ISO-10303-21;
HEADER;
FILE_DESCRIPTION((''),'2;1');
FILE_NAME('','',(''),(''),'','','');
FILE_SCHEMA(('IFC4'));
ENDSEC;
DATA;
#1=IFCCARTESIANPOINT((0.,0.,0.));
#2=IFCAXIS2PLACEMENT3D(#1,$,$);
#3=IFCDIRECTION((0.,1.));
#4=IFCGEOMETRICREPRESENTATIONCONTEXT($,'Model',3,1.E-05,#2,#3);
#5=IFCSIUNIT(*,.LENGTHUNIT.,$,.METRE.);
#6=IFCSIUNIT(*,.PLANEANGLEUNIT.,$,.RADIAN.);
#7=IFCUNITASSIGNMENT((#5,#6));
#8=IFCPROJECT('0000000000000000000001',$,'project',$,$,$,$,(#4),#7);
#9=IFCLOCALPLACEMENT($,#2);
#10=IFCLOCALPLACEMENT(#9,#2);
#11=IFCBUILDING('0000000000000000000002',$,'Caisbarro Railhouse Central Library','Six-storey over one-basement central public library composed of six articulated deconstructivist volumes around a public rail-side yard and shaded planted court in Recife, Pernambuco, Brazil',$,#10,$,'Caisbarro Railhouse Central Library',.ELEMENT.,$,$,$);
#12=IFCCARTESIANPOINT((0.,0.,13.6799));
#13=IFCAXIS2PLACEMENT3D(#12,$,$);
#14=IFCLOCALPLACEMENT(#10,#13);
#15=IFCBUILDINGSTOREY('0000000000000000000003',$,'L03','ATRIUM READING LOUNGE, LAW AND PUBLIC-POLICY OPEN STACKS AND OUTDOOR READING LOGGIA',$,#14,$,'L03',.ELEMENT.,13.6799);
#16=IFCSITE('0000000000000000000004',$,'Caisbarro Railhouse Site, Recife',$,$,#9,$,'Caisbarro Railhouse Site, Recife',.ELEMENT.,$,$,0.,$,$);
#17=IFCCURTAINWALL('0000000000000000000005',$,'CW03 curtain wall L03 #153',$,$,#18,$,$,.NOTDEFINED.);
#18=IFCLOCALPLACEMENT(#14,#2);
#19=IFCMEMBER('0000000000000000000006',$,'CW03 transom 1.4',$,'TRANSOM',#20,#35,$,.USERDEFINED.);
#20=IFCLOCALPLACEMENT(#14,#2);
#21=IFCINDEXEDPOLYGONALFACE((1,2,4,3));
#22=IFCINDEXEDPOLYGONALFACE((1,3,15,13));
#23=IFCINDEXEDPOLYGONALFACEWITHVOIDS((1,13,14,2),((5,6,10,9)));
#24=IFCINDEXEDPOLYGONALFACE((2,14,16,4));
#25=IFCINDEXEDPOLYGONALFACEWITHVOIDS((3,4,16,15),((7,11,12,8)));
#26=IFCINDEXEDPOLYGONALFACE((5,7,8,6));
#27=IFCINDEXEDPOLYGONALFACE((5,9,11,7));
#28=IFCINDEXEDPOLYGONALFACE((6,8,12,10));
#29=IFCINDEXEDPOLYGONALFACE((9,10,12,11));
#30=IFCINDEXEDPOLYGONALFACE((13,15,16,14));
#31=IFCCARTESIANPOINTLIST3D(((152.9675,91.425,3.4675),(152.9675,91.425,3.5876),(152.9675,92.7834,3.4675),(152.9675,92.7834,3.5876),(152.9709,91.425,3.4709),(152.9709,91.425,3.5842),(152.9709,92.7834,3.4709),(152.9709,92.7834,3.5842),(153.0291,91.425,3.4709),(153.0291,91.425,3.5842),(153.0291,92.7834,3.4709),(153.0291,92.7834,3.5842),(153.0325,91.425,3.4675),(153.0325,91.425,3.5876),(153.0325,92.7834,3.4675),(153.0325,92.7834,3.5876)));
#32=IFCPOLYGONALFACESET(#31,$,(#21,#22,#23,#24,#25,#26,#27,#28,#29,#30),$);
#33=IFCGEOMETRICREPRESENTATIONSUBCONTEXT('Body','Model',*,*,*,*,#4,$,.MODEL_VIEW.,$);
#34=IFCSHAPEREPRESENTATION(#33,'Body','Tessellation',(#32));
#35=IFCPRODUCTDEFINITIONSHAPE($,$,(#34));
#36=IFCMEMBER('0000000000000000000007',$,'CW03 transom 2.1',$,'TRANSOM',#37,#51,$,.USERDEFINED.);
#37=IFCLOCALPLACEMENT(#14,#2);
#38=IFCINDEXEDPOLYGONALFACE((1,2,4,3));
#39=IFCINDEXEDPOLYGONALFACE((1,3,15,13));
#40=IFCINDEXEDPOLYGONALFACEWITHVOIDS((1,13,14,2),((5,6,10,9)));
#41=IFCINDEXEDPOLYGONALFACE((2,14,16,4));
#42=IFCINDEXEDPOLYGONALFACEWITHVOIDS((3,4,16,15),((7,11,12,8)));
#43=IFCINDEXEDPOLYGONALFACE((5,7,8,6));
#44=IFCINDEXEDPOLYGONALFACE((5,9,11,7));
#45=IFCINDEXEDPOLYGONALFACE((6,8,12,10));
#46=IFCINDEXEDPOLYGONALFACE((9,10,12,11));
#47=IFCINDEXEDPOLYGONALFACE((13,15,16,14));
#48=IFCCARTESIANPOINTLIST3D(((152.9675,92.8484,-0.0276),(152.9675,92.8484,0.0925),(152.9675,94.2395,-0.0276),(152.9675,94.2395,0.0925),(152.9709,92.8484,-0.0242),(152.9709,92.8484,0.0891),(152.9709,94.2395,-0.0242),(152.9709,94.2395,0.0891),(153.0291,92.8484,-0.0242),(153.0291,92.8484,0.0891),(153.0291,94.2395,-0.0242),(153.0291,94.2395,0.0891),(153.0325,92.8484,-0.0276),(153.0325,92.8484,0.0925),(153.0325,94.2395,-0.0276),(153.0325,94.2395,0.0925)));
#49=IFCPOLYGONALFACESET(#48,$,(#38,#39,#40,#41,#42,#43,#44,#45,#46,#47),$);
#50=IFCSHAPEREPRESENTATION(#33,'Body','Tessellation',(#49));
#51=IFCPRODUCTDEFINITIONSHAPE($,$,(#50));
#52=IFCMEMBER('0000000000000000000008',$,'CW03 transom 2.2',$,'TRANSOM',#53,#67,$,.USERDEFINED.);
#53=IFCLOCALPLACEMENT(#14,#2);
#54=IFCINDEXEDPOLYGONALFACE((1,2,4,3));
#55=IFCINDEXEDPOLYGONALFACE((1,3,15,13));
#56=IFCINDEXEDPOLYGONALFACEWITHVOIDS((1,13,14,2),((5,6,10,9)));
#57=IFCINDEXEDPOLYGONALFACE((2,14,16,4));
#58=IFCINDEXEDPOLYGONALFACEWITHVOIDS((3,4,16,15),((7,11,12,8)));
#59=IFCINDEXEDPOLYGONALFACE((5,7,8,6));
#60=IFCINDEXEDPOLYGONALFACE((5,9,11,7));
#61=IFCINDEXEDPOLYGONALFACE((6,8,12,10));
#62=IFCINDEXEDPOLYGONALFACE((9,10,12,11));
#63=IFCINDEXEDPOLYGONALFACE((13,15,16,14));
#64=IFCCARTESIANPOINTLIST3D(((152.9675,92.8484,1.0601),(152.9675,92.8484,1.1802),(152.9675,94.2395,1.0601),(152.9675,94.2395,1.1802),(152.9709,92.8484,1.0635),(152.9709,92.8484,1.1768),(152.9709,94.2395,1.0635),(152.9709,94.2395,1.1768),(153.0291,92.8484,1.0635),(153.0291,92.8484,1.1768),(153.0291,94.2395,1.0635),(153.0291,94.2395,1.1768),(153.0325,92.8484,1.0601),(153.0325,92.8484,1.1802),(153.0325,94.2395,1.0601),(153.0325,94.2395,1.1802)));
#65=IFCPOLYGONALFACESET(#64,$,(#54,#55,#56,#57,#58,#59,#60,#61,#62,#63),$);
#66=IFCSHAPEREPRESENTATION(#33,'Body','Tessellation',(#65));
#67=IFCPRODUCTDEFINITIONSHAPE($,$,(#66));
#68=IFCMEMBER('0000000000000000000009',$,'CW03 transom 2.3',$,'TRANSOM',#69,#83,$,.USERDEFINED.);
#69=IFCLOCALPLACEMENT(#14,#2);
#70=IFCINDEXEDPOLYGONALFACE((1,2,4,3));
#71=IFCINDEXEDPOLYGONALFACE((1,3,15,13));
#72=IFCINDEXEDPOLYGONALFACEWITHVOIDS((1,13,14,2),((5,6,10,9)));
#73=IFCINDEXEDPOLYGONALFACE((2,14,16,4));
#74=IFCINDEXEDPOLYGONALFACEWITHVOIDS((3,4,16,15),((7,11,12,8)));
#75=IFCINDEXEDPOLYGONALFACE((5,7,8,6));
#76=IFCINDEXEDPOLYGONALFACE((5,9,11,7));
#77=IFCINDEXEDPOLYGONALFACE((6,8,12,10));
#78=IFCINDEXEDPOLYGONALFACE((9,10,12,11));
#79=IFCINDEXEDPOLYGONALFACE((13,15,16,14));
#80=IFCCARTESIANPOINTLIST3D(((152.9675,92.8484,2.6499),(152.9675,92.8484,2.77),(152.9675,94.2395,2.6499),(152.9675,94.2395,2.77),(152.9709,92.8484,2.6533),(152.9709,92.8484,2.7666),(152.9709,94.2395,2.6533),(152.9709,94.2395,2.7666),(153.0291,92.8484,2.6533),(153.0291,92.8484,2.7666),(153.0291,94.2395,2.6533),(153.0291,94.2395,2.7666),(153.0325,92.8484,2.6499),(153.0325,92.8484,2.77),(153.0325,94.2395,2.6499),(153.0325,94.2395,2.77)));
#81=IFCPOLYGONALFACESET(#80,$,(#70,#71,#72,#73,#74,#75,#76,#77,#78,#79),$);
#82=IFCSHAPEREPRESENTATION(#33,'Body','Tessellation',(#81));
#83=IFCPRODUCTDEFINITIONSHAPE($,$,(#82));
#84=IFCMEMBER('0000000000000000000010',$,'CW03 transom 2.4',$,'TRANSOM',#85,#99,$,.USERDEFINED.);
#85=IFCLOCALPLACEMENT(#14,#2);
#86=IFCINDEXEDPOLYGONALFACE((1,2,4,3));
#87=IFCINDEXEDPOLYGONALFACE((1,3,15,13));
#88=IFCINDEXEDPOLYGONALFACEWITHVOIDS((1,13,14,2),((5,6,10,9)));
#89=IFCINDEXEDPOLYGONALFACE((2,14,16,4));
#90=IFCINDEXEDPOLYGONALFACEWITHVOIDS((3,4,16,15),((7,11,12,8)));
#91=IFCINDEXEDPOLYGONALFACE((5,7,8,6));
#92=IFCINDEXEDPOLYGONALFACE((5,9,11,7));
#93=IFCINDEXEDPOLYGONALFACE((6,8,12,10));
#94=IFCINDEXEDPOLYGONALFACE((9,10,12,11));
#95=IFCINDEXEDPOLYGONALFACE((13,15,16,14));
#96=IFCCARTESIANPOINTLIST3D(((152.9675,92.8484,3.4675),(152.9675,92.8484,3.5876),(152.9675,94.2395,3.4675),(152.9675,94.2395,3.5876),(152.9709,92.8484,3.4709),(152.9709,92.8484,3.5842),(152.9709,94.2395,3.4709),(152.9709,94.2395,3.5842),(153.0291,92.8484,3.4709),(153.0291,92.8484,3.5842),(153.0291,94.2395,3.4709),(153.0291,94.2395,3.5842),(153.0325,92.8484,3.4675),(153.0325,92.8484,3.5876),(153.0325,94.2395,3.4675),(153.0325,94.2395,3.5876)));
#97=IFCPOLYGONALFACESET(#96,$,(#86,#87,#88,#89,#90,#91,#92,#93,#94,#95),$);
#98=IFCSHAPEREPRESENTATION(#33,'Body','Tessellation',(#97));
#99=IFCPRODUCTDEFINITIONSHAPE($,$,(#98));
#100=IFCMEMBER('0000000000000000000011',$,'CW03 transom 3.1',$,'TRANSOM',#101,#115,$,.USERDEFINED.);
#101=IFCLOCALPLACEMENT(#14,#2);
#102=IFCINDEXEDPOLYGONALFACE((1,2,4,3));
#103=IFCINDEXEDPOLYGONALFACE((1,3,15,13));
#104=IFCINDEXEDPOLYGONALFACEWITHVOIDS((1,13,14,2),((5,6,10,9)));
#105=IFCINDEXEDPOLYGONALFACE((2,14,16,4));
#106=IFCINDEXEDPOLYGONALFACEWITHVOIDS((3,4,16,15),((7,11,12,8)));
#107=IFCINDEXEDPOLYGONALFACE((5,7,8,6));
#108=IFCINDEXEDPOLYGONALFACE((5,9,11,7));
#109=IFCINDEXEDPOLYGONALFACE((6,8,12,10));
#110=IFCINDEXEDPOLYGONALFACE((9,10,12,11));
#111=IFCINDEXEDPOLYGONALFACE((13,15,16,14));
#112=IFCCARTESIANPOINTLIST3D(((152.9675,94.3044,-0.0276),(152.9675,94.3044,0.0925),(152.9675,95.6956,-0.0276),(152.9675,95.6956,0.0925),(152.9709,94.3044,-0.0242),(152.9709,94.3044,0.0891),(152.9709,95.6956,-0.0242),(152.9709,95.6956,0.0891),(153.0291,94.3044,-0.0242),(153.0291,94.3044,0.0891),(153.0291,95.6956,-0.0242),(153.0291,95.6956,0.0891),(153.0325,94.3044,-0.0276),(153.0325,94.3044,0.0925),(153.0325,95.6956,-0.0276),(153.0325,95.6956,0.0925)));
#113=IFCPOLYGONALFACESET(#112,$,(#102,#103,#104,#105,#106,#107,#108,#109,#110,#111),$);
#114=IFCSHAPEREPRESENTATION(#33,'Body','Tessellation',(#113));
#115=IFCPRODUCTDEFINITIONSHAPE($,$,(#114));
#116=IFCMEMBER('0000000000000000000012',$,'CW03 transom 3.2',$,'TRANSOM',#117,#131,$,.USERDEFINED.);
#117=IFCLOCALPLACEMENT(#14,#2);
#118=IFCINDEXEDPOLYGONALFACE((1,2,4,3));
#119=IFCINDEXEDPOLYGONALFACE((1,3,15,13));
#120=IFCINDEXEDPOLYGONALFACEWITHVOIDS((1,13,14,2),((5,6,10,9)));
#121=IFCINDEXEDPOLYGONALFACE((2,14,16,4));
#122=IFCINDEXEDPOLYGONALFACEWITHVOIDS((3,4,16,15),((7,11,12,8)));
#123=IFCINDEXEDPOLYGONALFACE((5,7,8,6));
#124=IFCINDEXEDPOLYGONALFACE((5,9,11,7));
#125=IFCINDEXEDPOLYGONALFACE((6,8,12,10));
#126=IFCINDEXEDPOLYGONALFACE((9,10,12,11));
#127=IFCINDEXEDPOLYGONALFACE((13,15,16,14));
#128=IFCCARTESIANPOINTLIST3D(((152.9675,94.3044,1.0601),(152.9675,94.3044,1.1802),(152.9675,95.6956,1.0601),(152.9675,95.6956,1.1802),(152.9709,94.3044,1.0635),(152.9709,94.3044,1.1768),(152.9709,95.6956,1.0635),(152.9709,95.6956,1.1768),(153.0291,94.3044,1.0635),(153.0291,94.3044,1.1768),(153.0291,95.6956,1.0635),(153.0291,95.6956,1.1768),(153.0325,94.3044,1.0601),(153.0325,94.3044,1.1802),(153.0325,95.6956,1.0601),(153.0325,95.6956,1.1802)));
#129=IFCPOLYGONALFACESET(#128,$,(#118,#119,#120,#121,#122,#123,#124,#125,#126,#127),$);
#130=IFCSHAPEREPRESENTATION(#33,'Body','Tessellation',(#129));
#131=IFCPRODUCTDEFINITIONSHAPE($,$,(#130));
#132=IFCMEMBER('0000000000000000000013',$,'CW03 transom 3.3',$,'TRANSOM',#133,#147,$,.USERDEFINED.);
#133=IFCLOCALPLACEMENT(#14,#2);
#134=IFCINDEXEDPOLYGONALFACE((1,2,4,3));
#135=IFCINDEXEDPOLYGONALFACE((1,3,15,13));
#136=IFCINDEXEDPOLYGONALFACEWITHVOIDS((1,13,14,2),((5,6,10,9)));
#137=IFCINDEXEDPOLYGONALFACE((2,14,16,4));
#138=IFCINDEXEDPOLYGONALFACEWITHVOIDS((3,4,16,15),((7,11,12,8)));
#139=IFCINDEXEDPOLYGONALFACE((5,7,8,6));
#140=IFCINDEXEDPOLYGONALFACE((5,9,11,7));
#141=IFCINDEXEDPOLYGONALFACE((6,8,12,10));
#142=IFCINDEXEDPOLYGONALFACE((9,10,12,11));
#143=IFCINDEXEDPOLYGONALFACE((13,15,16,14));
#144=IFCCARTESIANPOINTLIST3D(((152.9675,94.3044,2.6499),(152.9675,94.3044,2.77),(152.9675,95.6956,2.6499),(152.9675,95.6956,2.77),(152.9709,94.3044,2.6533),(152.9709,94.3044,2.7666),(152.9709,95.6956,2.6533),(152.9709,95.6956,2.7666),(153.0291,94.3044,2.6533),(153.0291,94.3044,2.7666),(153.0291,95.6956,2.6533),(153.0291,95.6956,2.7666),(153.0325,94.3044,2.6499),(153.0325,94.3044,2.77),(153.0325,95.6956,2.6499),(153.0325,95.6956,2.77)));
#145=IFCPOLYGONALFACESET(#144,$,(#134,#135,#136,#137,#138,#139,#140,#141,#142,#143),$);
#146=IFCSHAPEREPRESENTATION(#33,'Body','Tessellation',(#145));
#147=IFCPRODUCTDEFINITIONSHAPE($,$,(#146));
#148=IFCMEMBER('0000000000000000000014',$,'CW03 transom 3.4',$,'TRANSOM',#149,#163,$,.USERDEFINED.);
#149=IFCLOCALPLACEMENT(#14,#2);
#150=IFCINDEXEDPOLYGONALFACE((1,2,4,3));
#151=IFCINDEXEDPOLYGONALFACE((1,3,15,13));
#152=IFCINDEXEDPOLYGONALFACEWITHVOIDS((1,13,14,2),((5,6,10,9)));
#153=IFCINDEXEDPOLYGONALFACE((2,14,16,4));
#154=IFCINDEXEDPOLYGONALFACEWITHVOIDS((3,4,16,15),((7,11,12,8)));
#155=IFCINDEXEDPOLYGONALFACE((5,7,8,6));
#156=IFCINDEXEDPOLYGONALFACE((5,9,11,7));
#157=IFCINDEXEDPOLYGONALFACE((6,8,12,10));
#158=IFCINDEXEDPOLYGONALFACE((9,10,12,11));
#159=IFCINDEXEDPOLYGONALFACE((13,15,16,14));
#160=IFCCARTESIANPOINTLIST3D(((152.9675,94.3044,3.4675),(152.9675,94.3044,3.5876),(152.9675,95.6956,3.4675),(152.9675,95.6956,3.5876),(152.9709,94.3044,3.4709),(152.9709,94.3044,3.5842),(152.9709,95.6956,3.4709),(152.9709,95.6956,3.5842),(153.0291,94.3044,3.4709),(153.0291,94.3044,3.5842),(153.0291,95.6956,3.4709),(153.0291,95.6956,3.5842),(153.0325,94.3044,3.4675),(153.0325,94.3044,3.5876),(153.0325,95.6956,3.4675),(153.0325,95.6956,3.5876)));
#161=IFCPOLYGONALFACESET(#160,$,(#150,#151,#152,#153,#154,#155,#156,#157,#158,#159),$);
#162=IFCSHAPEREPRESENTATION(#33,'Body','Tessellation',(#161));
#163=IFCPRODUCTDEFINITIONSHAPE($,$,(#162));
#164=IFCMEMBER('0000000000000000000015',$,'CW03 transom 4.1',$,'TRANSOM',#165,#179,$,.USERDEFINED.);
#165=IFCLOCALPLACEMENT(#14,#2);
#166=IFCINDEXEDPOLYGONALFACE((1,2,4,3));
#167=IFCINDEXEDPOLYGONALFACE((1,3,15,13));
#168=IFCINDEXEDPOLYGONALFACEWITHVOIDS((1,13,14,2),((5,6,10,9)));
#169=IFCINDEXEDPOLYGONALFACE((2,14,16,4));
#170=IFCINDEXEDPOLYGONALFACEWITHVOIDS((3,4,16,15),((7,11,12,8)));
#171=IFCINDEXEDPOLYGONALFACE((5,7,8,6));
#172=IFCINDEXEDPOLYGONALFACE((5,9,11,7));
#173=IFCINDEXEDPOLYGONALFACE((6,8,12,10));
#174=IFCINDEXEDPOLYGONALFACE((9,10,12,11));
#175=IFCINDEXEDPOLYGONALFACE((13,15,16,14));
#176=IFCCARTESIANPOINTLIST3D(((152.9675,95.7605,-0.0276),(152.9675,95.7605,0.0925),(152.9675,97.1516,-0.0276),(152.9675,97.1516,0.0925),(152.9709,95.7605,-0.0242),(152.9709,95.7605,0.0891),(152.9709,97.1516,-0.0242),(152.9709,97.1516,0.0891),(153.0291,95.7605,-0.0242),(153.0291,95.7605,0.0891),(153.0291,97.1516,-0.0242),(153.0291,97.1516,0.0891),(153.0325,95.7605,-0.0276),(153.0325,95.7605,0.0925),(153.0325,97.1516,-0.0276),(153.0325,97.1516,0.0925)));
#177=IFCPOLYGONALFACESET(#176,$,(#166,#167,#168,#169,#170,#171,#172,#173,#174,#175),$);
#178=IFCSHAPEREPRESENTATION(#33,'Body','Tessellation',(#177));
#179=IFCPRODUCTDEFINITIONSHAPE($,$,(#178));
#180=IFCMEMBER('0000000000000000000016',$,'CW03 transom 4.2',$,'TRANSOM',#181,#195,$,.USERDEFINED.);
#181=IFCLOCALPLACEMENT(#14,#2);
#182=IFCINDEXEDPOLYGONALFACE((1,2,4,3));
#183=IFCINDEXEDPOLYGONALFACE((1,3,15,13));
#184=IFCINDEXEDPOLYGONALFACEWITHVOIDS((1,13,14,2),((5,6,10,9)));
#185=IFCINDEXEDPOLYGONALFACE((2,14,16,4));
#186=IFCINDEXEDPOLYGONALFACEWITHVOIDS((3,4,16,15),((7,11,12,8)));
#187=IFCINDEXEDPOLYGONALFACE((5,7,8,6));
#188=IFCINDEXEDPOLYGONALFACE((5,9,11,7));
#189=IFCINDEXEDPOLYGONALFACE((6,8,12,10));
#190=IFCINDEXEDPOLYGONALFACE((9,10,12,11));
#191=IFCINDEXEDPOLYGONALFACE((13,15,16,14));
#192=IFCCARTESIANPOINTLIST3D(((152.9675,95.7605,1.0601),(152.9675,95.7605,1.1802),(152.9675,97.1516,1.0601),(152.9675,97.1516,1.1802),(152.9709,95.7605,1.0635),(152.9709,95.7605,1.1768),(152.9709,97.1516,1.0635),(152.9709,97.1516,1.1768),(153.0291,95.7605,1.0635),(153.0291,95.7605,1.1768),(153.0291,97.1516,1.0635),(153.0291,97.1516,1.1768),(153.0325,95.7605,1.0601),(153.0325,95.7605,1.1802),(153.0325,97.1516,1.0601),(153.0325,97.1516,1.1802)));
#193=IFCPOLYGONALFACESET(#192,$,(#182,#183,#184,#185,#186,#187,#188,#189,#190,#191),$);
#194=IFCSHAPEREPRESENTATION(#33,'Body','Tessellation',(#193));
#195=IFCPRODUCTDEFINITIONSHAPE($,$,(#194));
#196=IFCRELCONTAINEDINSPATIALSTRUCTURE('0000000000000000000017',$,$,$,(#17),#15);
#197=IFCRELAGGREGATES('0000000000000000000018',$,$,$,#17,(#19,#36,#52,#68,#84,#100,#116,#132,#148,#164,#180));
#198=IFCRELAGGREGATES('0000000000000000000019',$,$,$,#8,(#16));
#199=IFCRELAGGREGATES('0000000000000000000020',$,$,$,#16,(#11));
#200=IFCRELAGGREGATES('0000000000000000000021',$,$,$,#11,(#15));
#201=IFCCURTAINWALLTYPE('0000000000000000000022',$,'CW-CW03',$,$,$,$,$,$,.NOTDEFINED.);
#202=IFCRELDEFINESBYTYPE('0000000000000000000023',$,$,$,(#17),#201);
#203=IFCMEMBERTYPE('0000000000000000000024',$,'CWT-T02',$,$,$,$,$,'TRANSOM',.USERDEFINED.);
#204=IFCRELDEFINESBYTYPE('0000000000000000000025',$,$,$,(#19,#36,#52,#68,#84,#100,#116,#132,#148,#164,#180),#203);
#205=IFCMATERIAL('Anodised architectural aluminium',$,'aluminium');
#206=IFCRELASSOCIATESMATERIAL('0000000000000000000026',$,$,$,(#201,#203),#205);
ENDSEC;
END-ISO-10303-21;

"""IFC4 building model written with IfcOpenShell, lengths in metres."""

from ifc_helpers import new_model, si_unit, direction, frame, origin, origin_2d, place, context, subcontext, project, spatial, hollow_rectangle, extrude, material, material_profile, profile_set, type_object, element, aggregate, save


model = new_model("IFC4")

# Units and contexts
model_context = context("Model", 3, precision=1e-05, world=origin(), true_north=direction((0.0, 1.0)))
body_context = subcontext(model_context, "Body", "Model", "MODEL_VIEW")
ifc_project = project(units=[si_unit("LENGTHUNIT", "METRE"), si_unit("PLANEANGLEUNIT", "RADIAN")], contexts=[model_context])

# Site, building, storey
site_placement = place(None, origin())
site = spatial("IfcSite", under=ifc_project, at=site_placement, Name="Caisbarro Railhouse Site, Recife", LongName="Caisbarro Railhouse Site, Recife", CompositionType="ELEMENT", RefElevation=0.0)
building_placement = place(site_placement, origin())
building = spatial("IfcBuilding", under=site, at=building_placement, Name="Caisbarro Railhouse Central Library", Description="Six-storey over one-basement central public library composed of six articulated deconstructivist volumes around a public rail-side yard and shaded planted court in Recife, Pernambuco, Brazil", LongName="Caisbarro Railhouse Central Library", CompositionType="ELEMENT")
storey_placement = place(building_placement, frame((0.0, 0.0, 13.6799)))
storey = spatial("IfcBuildingStorey", under=building, at=storey_placement, Name="L03", Description="ATRIUM READING LOUNGE, LAW AND PUBLIC-POLICY OPEN STACKS AND OUTDOOR READING LOGGIA", LongName="L03", CompositionType="ELEMENT", Elevation=13.6799)

# Curtain wall, members
ifc_material_1 = material(Name="Anodised architectural aluminium", Category="aluminium")
curtain_wall_type = type_object("IfcCurtainWallType", Name="CW-CW03", PredefinedType="NOTDEFINED", material=ifc_material_1)
curtain_wall_placement = place(storey_placement, origin())
curtain_wall = element("IfcCurtainWall", 1, at=curtain_wall_placement, inside=storey, type_object=curtain_wall_type, Name="CW03 curtain wall L03 #153", PredefinedType="NOTDEFINED")
ifc_material_profile_1 = material_profile(ifc_material_1, hollow_rectangle(XDim=0.0649, YDim=0.1201, WallThickness=0.0034, at=origin_2d()), Name="ALU-TRN-65X120")
ifc_profile_set_1 = profile_set([ifc_material_profile_1], Name="Anodised architectural aluminium")
member_type_1 = type_object("IfcMemberType", Name="CWT-T02", ElementType="TRANSOM", PredefinedType="USERDEFINED", material=ifc_profile_set_1)
member_1_placement = place(storey_placement, frame((153.0, 91.425, 3.5276), z_axis=(0.0, 1.0, 0.0), x_axis=(-1.0, 0.0, 0.0)))
member_1 = element("IfcMember", 2, at=member_1_placement, type_object=member_type_1, Name="CW03 transom 1.4", ObjectType="TRANSOM", PredefinedType="USERDEFINED", context=body_context, shape_type="SweptSolid", body=[
    extrude(hollow_rectangle(XDim=0.0649, YDim=0.1201, WallThickness=0.0034, at=origin_2d()), origin(), (0.0, 0.0, 1.0), 1.3584),
])
member_2_placement = place(storey_placement, frame((153.0, 92.8484, 0.0325), z_axis=(0.0, 1.0, 0.0), x_axis=(-1.0, 0.0, 0.0)))
member_2 = element("IfcMember", 3, at=member_2_placement, type_object=member_type_1, Name="CW03 transom 2.1", ObjectType="TRANSOM", PredefinedType="USERDEFINED", context=body_context, shape_type="SweptSolid", body=[
    extrude(hollow_rectangle(XDim=0.0649, YDim=0.1201, WallThickness=0.0034, at=origin_2d()), origin(), (0.0, 0.0, 1.0), 1.3911),
])
member_3_placement = place(storey_placement, frame((153.0, 92.8484, 1.1201), z_axis=(0.0, 1.0, 0.0), x_axis=(-1.0, 0.0, 0.0)))
member_3 = element("IfcMember", 4, at=member_3_placement, type_object=member_type_1, Name="CW03 transom 2.2", ObjectType="TRANSOM", PredefinedType="USERDEFINED", context=body_context, shape_type="SweptSolid", body=[
    extrude(hollow_rectangle(XDim=0.0649, YDim=0.1201, WallThickness=0.0034, at=origin_2d()), origin(), (0.0, 0.0, 1.0), 1.3911),
])
member_4_placement = place(storey_placement, frame((153.0, 92.8484, 2.71), z_axis=(0.0, 1.0, 0.0), x_axis=(-1.0, 0.0, 0.0)))
member_4 = element("IfcMember", 5, at=member_4_placement, type_object=member_type_1, Name="CW03 transom 2.3", ObjectType="TRANSOM", PredefinedType="USERDEFINED", context=body_context, shape_type="SweptSolid", body=[
    extrude(hollow_rectangle(XDim=0.0649, YDim=0.1201, WallThickness=0.0034, at=origin_2d()), origin(), (0.0, 0.0, 1.0), 1.3911),
])
member_5_placement = place(storey_placement, frame((153.0, 92.8484, 3.5276), z_axis=(0.0, 1.0, 0.0), x_axis=(-1.0, 0.0, 0.0)))
member_5 = element("IfcMember", 6, at=member_5_placement, type_object=member_type_1, Name="CW03 transom 2.4", ObjectType="TRANSOM", PredefinedType="USERDEFINED", context=body_context, shape_type="SweptSolid", body=[
    extrude(hollow_rectangle(XDim=0.0649, YDim=0.1201, WallThickness=0.0034, at=origin_2d()), origin(), (0.0, 0.0, 1.0), 1.3911),
])
member_6_placement = place(storey_placement, frame((153.0, 94.3044, 0.0325), z_axis=(0.0, 1.0, 0.0), x_axis=(-1.0, 0.0, 0.0)))
member_6 = element("IfcMember", 7, at=member_6_placement, type_object=member_type_1, Name="CW03 transom 3.1", ObjectType="TRANSOM", PredefinedType="USERDEFINED", context=body_context, shape_type="SweptSolid", body=[
    extrude(hollow_rectangle(XDim=0.0649, YDim=0.1201, WallThickness=0.0034, at=origin_2d()), origin(), (0.0, 0.0, 1.0), 1.3911),
])
member_7_placement = place(storey_placement, frame((153.0, 94.3044, 1.1201), z_axis=(0.0, 1.0, 0.0), x_axis=(-1.0, 0.0, 0.0)))
member_7 = element("IfcMember", 8, at=member_7_placement, type_object=member_type_1, Name="CW03 transom 3.2", ObjectType="TRANSOM", PredefinedType="USERDEFINED", context=body_context, shape_type="SweptSolid", body=[
    extrude(hollow_rectangle(XDim=0.0649, YDim=0.1201, WallThickness=0.0034, at=origin_2d()), origin(), (0.0, 0.0, 1.0), 1.3911),
])
member_8_placement = place(storey_placement, frame((153.0, 94.3044, 2.71), z_axis=(0.0, 1.0, 0.0), x_axis=(-1.0, 0.0, 0.0)))
member_8 = element("IfcMember", 9, at=member_8_placement, type_object=member_type_1, Name="CW03 transom 3.3", ObjectType="TRANSOM", PredefinedType="USERDEFINED", context=body_context, shape_type="SweptSolid", body=[
    extrude(hollow_rectangle(XDim=0.0649, YDim=0.1201, WallThickness=0.0034, at=origin_2d()), origin(), (0.0, 0.0, 1.0), 1.3911),
])
member_9_placement = place(storey_placement, frame((153.0, 94.3044, 3.5276), z_axis=(0.0, 1.0, 0.0), x_axis=(-1.0, 0.0, 0.0)))
member_9 = element("IfcMember", 10, at=member_9_placement, type_object=member_type_1, Name="CW03 transom 3.4", ObjectType="TRANSOM", PredefinedType="USERDEFINED", context=body_context, shape_type="SweptSolid", body=[
    extrude(hollow_rectangle(XDim=0.0649, YDim=0.1201, WallThickness=0.0034, at=origin_2d()), origin(), (0.0, 0.0, 1.0), 1.3911),
])
member_10_placement = place(storey_placement, frame((153.0, 95.7605, 0.0325), z_axis=(0.0, 1.0, 0.0), x_axis=(-1.0, 0.0, 0.0)))
member_10 = element("IfcMember", 11, at=member_10_placement, type_object=member_type_1, Name="CW03 transom 4.1", ObjectType="TRANSOM", PredefinedType="USERDEFINED", context=body_context, shape_type="SweptSolid", body=[
    extrude(hollow_rectangle(XDim=0.0649, YDim=0.1201, WallThickness=0.0034, at=origin_2d()), origin(), (0.0, 0.0, 1.0), 1.3911),
])
member_11_placement = place(storey_placement, frame((153.0, 95.7605, 1.1201), z_axis=(0.0, 1.0, 0.0), x_axis=(-1.0, 0.0, 0.0)))
member_11 = element("IfcMember", 12, at=member_11_placement, type_object=member_type_1, Name="CW03 transom 4.2", ObjectType="TRANSOM", PredefinedType="USERDEFINED", context=body_context, shape_type="SweptSolid", body=[
    extrude(hollow_rectangle(XDim=0.0649, YDim=0.1201, WallThickness=0.0034, at=origin_2d()), origin(), (0.0, 0.0, 1.0), 1.3911),
])
aggregate(curtain_wall, [member_1, member_2, member_3, member_4, member_5, member_6, member_7, member_8, member_9, member_10, member_11])

save(model, "model.ifc")
